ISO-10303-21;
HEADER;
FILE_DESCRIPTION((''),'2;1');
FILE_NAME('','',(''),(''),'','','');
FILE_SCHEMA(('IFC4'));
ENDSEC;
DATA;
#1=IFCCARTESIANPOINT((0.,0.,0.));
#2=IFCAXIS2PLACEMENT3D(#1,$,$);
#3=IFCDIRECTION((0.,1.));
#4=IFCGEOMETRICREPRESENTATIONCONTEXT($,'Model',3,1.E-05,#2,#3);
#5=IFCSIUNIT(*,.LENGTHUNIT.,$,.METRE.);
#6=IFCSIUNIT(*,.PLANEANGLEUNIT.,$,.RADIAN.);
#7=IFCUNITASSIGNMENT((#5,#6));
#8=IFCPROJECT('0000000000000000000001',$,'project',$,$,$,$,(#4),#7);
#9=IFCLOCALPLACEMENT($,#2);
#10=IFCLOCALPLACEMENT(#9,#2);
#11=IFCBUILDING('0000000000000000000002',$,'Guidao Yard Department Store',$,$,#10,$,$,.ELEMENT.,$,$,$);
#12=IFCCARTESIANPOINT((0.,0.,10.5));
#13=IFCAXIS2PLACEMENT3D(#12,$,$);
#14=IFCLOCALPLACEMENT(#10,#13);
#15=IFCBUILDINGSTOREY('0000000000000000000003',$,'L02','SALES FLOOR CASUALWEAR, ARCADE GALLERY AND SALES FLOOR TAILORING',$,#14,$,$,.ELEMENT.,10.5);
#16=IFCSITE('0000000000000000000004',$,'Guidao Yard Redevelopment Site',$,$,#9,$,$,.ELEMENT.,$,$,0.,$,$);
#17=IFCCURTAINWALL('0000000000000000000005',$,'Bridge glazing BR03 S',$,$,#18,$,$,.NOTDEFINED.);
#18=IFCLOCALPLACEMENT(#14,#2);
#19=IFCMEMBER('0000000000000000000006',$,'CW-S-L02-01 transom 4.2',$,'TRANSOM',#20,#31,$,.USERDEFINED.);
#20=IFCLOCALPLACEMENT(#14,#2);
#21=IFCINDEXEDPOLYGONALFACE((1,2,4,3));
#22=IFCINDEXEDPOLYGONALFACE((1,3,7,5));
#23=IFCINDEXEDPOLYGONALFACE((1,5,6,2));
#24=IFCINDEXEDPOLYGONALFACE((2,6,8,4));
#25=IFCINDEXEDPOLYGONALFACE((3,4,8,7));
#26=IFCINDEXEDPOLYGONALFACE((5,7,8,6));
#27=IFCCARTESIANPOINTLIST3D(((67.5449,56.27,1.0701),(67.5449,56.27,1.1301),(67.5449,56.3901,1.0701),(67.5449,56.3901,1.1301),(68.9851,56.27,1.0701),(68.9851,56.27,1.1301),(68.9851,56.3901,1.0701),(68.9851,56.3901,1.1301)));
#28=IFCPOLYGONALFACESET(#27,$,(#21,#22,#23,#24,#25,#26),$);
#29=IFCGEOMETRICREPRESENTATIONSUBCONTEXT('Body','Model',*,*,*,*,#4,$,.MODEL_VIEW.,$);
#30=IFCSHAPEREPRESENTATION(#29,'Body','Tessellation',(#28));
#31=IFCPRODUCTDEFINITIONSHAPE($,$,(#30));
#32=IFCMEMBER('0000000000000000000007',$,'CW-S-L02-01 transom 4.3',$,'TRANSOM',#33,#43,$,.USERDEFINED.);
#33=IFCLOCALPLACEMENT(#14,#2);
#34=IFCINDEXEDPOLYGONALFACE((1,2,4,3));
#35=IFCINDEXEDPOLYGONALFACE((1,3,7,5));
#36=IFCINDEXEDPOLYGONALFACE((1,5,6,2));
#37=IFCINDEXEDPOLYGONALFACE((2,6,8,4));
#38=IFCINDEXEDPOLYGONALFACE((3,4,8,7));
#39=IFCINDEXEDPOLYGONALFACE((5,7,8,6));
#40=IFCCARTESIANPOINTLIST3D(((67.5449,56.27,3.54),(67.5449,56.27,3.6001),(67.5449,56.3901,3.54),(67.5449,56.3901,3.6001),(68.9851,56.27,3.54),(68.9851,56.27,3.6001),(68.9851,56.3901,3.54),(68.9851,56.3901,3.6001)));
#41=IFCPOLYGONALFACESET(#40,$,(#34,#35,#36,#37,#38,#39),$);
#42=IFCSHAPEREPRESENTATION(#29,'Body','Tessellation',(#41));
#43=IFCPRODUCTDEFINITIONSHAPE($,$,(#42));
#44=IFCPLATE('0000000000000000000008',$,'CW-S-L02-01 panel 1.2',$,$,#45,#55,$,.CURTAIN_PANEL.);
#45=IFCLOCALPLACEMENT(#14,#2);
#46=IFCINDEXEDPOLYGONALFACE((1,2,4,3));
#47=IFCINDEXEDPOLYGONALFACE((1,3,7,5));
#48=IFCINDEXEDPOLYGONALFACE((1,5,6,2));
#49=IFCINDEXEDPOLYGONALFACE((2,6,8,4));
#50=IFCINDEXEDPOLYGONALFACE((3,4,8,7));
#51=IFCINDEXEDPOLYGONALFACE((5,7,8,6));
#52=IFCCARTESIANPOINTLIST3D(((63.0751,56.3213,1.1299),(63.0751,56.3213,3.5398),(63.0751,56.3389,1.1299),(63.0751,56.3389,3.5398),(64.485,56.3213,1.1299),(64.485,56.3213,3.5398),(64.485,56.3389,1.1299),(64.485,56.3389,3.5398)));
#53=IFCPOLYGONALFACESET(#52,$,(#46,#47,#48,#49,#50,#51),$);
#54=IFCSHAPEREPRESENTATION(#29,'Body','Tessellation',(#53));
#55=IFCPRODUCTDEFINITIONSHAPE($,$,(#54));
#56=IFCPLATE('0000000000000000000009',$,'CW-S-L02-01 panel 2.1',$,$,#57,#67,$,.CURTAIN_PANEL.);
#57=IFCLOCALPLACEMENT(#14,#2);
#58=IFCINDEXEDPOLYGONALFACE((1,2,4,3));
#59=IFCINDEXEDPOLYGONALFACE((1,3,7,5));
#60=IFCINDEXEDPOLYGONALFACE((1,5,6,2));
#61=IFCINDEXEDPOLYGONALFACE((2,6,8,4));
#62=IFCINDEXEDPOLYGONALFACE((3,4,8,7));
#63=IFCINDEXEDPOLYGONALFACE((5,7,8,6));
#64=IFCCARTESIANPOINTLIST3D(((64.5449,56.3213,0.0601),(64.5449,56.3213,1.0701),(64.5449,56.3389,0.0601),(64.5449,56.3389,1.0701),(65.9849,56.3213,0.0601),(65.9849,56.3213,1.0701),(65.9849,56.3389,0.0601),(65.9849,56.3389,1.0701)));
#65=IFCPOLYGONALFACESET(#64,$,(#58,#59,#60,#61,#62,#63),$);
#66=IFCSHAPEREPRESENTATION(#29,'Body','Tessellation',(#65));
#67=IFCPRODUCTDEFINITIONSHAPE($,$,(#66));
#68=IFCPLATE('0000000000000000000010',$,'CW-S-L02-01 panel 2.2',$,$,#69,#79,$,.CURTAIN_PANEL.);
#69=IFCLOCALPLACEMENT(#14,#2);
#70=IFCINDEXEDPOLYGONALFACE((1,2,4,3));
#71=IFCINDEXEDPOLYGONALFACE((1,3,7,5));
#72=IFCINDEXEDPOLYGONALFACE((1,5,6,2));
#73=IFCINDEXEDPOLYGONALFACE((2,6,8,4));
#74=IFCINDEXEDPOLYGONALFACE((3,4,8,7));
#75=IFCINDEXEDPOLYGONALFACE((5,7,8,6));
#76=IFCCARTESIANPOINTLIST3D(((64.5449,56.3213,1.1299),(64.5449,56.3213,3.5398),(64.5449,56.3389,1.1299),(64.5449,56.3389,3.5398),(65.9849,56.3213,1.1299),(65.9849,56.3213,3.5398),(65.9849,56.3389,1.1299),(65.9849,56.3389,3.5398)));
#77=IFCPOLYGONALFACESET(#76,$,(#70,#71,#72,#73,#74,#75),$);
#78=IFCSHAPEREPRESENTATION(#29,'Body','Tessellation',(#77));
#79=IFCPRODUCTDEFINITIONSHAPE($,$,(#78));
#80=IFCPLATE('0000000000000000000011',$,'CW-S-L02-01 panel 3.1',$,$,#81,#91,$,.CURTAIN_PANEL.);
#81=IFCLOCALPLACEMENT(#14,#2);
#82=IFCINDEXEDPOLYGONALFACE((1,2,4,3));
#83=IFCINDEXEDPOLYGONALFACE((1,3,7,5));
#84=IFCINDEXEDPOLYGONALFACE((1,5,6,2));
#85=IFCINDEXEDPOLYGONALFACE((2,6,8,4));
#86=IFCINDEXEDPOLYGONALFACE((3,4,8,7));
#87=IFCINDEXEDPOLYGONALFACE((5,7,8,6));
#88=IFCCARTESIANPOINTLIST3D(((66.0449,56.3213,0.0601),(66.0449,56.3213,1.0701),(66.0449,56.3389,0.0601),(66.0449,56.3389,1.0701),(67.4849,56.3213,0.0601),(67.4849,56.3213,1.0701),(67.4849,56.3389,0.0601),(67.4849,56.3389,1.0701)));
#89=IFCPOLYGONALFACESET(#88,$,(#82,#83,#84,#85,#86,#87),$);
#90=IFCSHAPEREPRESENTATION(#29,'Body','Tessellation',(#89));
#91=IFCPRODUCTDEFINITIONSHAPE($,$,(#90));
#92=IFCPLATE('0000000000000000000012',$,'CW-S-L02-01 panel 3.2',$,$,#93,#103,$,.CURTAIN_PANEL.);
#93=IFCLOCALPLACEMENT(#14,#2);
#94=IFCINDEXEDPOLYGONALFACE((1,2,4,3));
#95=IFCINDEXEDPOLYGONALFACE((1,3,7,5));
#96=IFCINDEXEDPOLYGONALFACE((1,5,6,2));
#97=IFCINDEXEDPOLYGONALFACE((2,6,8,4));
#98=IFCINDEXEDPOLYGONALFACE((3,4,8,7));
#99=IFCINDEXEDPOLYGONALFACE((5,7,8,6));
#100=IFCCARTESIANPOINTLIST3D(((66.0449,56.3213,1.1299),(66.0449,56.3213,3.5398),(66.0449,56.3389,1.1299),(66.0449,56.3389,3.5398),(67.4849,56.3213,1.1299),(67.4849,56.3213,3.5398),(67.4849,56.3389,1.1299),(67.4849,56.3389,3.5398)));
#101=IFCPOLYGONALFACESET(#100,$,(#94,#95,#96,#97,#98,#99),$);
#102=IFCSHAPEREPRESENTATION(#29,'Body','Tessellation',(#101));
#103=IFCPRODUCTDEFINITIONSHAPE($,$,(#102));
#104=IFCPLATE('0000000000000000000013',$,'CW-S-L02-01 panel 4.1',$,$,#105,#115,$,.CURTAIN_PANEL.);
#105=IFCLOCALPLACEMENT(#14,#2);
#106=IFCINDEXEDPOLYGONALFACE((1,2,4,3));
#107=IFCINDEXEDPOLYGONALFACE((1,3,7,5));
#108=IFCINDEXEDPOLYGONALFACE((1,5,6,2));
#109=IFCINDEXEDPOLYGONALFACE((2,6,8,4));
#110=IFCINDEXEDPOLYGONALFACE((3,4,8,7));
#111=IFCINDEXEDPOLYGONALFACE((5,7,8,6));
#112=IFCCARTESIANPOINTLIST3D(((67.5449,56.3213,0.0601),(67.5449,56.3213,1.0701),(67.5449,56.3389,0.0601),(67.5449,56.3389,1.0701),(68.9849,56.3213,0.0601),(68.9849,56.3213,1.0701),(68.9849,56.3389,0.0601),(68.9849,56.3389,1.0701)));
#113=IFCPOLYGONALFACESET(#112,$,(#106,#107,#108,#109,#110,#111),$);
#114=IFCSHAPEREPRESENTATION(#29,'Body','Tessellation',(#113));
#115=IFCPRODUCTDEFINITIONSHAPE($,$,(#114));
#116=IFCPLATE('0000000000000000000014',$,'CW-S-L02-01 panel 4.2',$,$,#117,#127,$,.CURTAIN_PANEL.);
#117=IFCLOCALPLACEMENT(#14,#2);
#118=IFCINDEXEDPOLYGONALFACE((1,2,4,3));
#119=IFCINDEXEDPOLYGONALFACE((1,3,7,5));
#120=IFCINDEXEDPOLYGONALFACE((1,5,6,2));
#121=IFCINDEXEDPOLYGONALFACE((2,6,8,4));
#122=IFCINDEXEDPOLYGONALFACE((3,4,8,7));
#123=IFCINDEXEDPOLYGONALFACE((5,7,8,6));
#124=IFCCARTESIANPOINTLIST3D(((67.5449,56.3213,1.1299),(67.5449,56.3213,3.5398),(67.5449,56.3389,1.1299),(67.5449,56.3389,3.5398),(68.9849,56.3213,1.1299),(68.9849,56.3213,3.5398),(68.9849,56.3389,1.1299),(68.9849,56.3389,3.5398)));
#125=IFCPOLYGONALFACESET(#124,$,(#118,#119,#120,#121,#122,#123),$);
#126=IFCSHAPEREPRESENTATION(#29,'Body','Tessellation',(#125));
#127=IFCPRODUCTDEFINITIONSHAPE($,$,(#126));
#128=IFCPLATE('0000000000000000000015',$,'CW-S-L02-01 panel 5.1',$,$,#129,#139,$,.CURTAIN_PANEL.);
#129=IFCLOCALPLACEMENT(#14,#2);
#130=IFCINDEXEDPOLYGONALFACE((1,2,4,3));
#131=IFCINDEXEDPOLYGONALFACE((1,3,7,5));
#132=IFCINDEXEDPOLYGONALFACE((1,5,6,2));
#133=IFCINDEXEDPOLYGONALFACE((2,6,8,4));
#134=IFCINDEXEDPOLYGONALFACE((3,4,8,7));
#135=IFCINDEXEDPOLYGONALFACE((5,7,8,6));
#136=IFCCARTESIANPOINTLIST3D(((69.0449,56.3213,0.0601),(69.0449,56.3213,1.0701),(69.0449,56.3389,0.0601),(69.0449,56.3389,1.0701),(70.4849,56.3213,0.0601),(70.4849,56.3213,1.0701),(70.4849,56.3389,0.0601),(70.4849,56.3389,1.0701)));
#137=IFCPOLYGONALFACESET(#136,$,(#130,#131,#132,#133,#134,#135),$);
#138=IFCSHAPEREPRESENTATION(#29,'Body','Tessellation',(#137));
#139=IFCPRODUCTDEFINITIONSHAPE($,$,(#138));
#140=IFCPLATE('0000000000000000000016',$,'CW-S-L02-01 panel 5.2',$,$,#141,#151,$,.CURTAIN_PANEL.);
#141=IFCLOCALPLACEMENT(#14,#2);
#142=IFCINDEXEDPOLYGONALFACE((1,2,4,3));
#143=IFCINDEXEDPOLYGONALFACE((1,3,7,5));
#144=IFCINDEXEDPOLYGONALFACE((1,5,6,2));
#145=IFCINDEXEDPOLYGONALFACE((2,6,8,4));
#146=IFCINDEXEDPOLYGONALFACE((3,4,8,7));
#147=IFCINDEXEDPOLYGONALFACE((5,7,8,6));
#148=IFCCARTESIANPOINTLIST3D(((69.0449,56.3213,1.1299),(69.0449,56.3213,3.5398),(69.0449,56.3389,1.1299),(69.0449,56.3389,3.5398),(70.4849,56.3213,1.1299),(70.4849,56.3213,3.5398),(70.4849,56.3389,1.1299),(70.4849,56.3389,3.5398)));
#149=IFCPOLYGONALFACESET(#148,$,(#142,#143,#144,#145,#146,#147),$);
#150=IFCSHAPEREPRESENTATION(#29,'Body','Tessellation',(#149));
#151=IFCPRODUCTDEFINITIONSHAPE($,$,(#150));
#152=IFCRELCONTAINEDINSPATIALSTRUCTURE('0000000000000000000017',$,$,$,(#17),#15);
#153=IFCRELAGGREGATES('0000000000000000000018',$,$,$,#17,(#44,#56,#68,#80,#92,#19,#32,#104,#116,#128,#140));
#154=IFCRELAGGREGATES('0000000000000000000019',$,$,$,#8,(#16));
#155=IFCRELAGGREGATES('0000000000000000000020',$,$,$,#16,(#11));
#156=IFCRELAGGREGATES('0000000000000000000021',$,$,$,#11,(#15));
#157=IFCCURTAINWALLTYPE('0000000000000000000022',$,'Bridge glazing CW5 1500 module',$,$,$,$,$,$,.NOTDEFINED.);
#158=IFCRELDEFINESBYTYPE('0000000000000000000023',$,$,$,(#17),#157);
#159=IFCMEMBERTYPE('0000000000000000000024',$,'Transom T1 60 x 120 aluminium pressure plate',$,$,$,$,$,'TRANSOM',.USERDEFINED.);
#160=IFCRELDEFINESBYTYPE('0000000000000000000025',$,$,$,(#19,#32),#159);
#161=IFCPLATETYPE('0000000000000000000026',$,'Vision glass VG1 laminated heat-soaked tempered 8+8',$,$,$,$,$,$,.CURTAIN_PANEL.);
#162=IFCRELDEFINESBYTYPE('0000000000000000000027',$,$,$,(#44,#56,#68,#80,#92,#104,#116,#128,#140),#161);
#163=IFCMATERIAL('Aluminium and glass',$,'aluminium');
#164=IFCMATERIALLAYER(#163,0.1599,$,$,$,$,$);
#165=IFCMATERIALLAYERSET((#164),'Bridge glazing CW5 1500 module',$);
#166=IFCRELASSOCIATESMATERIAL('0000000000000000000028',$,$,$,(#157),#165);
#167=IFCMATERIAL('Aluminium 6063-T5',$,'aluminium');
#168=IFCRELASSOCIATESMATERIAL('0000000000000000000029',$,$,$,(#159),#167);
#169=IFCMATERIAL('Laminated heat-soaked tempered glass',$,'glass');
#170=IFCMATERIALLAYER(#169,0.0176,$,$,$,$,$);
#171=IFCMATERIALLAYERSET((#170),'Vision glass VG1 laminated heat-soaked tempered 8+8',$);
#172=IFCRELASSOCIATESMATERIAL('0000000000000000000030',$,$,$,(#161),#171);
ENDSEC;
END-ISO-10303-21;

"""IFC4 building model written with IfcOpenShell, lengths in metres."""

from ifc_helpers import new_model, si_unit, direction, frame, origin, origin_2d, place, context, subcontext, project, spatial, rectangle, extrude, material, layer, layer_set, material_profile, profile_set, type_object, element, aggregate, save


model = new_model("IFC4")

# Units and contexts
model_context = context("Model", 3, precision=1e-05, world=origin(), true_north=direction((0.0, 1.0)))
body_context = subcontext(model_context, "Body", "Model", "MODEL_VIEW")
ifc_project = project(units=[si_unit("LENGTHUNIT", "METRE"), si_unit("PLANEANGLEUNIT", "RADIAN")], contexts=[model_context])

# Site, building, storey
site_placement = place(None, origin())
site = spatial("IfcSite", under=ifc_project, at=site_placement, Name="Guidao Yard Redevelopment Site", CompositionType="ELEMENT", RefElevation=0.0)
building_placement = place(site_placement, origin())
building = spatial("IfcBuilding", under=site, at=building_placement, Name="Guidao Yard Department Store", CompositionType="ELEMENT")
storey_placement = place(building_placement, frame((0.0, 0.0, 10.5)))
storey = spatial("IfcBuildingStorey", under=building, at=storey_placement, Name="L02", Description="SALES FLOOR CASUALWEAR, ARCADE GALLERY AND SALES FLOOR TAILORING", CompositionType="ELEMENT", Elevation=10.5)

# Curtain wall, members, plates
ifc_material_1 = material(Name="Aluminium and glass", Category="aluminium")
ifc_layer_1 = layer(ifc_material_1, 0.1599)
ifc_layer_set_1 = layer_set([ifc_layer_1], Name="Bridge glazing CW5 1500 module")
curtain_wall_type = type_object("IfcCurtainWallType", Name="Bridge glazing CW5 1500 module", PredefinedType="NOTDEFINED", material=ifc_layer_set_1)
curtain_wall_placement = place(storey_placement, origin())
curtain_wall = element("IfcCurtainWall", 1, at=curtain_wall_placement, inside=storey, type_object=curtain_wall_type, Name="Bridge glazing BR03 S", PredefinedType="NOTDEFINED")
ifc_material_2 = material(Name="Aluminium 6063-T5", Category="aluminium")
ifc_material_profile_1 = material_profile(ifc_material_2, rectangle(XDim=0.1201, YDim=0.0601, at=origin_2d()), Name="Transom T1 60 x 120 aluminium pressure plate")
ifc_profile_set_1 = profile_set([ifc_material_profile_1], Name="Aluminium 6063-T5")
member_type_1 = type_object("IfcMemberType", Name="Transom T1 60 x 120 aluminium pressure plate", ElementType="TRANSOM", PredefinedType="USERDEFINED", material=ifc_profile_set_1)
member_1_placement = place(storey_placement, frame((68.9851, 56.3301, 1.1001), z_axis=(-1.0, 0.0, 0.0), x_axis=(0.0, -1.0, 0.0)))
member_1 = element("IfcMember", 2, at=member_1_placement, type_object=member_type_1, Name="CW-S-L02-01 transom 4.2", ObjectType="TRANSOM", PredefinedType="USERDEFINED", context=body_context, shape_type="SweptSolid", body=[
    extrude(rectangle(XDim=0.1201, YDim=0.0601, at=origin_2d()), origin(), (0.0, 0.0, 1.0), 1.4402),
])
member_2_placement = place(storey_placement, frame((68.9851, 56.3301, 3.5701), z_axis=(-1.0, 0.0, 0.0), x_axis=(0.0, -1.0, 0.0)))
member_2 = element("IfcMember", 3, at=member_2_placement, type_object=member_type_1, Name="CW-S-L02-01 transom 4.3", ObjectType="TRANSOM", PredefinedType="USERDEFINED", context=body_context, shape_type="SweptSolid", body=[
    extrude(rectangle(XDim=0.1201, YDim=0.0601, at=origin_2d()), origin(), (0.0, 0.0, 1.0), 1.4402),
])
ifc_material_3 = material(Name="Laminated heat-soaked tempered glass", Category="glass")
ifc_layer_2 = layer(ifc_material_3, 0.0176)
ifc_layer_set_2 = layer_set([ifc_layer_2], Name="Vision glass VG1 laminated heat-soaked tempered 8+8")
plate_type = type_object("IfcPlateType", Name="Vision glass VG1 laminated heat-soaked tempered 8+8", PredefinedType="CURTAIN_PANEL", material=ifc_layer_set_2)
plate_1_placement = place(storey_placement, frame((63.78, 56.3301, 1.1299), z_axis=(0.0, 0.0, 1.0), x_axis=(-1.0, 0.0, 0.0)))
plate_1 = element("IfcPlate", 4, at=plate_1_placement, type_object=plate_type, Name="CW-S-L02-01 panel 1.2", PredefinedType="CURTAIN_PANEL", context=body_context, shape_type="SweptSolid", body=[
    extrude(rectangle(XDim=1.4099, YDim=0.0176, at=origin_2d()), origin(), (0.0, 0.0, 1.0), 2.4099),
])
plate_2_placement = place(storey_placement, frame((65.2649, 56.3301, 0.0601), z_axis=(0.0, 0.0, 1.0), x_axis=(-1.0, 0.0, 0.0)))
plate_2 = element("IfcPlate", 5, at=plate_2_placement, type_object=plate_type, Name="CW-S-L02-01 panel 2.1", PredefinedType="CURTAIN_PANEL", context=body_context, shape_type="SweptSolid", body=[
    extrude(rectangle(XDim=1.4399, YDim=0.0176, at=origin_2d()), origin(), (0.0, 0.0, 1.0), 1.01),
])
plate_3_placement = place(storey_placement, frame((65.2649, 56.3301, 1.1299), z_axis=(0.0, 0.0, 1.0), x_axis=(-1.0, 0.0, 0.0)))
plate_3 = element("IfcPlate", 6, at=plate_3_placement, type_object=plate_type, Name="CW-S-L02-01 panel 2.2", PredefinedType="CURTAIN_PANEL", context=body_context, shape_type="SweptSolid", body=[
    extrude(rectangle(XDim=1.4399, YDim=0.0176, at=origin_2d()), origin(), (0.0, 0.0, 1.0), 2.4099),
])
plate_4_placement = place(storey_placement, frame((66.7649, 56.3301, 0.0601), z_axis=(0.0, 0.0, 1.0), x_axis=(-1.0, 0.0, 0.0)))
plate_4 = element("IfcPlate", 7, at=plate_4_placement, type_object=plate_type, Name="CW-S-L02-01 panel 3.1", PredefinedType="CURTAIN_PANEL", context=body_context, shape_type="SweptSolid", body=[
    extrude(rectangle(XDim=1.4399, YDim=0.0176, at=origin_2d()), origin(), (0.0, 0.0, 1.0), 1.01),
])
plate_5_placement = place(storey_placement, frame((66.7649, 56.3301, 1.1299), z_axis=(0.0, 0.0, 1.0), x_axis=(-1.0, 0.0, 0.0)))
plate_5 = element("IfcPlate", 8, at=plate_5_placement, type_object=plate_type, Name="CW-S-L02-01 panel 3.2", PredefinedType="CURTAIN_PANEL", context=body_context, shape_type="SweptSolid", body=[
    extrude(rectangle(XDim=1.4399, YDim=0.0176, at=origin_2d()), origin(), (0.0, 0.0, 1.0), 2.4099),
])
plate_6_placement = place(storey_placement, frame((68.2649, 56.3301, 0.0601), z_axis=(0.0, 0.0, 1.0), x_axis=(-1.0, 0.0, 0.0)))
plate_6 = element("IfcPlate", 9, at=plate_6_placement, type_object=plate_type, Name="CW-S-L02-01 panel 4.1", PredefinedType="CURTAIN_PANEL", context=body_context, shape_type="SweptSolid", body=[
    extrude(rectangle(XDim=1.4399, YDim=0.0176, at=origin_2d()), origin(), (0.0, 0.0, 1.0), 1.01),
])
plate_7_placement = place(storey_placement, frame((68.2649, 56.3301, 1.1299), z_axis=(0.0, 0.0, 1.0), x_axis=(-1.0, 0.0, 0.0)))
plate_7 = element("IfcPlate", 10, at=plate_7_placement, type_object=plate_type, Name="CW-S-L02-01 panel 4.2", PredefinedType="CURTAIN_PANEL", context=body_context, shape_type="SweptSolid", body=[
    extrude(rectangle(XDim=1.4399, YDim=0.0176, at=origin_2d()), origin(), (0.0, 0.0, 1.0), 2.4099),
])
plate_8_placement = place(storey_placement, frame((69.7649, 56.3301, 0.0601), z_axis=(0.0, 0.0, 1.0), x_axis=(-1.0, 0.0, 0.0)))
plate_8 = element("IfcPlate", 11, at=plate_8_placement, type_object=plate_type, Name="CW-S-L02-01 panel 5.1", PredefinedType="CURTAIN_PANEL", context=body_context, shape_type="SweptSolid", body=[
    extrude(rectangle(XDim=1.4399, YDim=0.0176, at=origin_2d()), origin(), (0.0, 0.0, 1.0), 1.01),
])
plate_9_placement = place(storey_placement, frame((69.7649, 56.3301, 1.1299), z_axis=(0.0, 0.0, 1.0), x_axis=(-1.0, 0.0, 0.0)))
plate_9 = element("IfcPlate", 12, at=plate_9_placement, type_object=plate_type, Name="CW-S-L02-01 panel 5.2", PredefinedType="CURTAIN_PANEL", context=body_context, shape_type="SweptSolid", body=[
    extrude(rectangle(XDim=1.4399, YDim=0.0176, at=origin_2d()), origin(), (0.0, 0.0, 1.0), 2.4099),
])
aggregate(curtain_wall, [plate_1, plate_2, plate_3, plate_4, plate_5, member_1, member_2, plate_6, plate_7, plate_8, plate_9])

save(model, "model.ifc")
